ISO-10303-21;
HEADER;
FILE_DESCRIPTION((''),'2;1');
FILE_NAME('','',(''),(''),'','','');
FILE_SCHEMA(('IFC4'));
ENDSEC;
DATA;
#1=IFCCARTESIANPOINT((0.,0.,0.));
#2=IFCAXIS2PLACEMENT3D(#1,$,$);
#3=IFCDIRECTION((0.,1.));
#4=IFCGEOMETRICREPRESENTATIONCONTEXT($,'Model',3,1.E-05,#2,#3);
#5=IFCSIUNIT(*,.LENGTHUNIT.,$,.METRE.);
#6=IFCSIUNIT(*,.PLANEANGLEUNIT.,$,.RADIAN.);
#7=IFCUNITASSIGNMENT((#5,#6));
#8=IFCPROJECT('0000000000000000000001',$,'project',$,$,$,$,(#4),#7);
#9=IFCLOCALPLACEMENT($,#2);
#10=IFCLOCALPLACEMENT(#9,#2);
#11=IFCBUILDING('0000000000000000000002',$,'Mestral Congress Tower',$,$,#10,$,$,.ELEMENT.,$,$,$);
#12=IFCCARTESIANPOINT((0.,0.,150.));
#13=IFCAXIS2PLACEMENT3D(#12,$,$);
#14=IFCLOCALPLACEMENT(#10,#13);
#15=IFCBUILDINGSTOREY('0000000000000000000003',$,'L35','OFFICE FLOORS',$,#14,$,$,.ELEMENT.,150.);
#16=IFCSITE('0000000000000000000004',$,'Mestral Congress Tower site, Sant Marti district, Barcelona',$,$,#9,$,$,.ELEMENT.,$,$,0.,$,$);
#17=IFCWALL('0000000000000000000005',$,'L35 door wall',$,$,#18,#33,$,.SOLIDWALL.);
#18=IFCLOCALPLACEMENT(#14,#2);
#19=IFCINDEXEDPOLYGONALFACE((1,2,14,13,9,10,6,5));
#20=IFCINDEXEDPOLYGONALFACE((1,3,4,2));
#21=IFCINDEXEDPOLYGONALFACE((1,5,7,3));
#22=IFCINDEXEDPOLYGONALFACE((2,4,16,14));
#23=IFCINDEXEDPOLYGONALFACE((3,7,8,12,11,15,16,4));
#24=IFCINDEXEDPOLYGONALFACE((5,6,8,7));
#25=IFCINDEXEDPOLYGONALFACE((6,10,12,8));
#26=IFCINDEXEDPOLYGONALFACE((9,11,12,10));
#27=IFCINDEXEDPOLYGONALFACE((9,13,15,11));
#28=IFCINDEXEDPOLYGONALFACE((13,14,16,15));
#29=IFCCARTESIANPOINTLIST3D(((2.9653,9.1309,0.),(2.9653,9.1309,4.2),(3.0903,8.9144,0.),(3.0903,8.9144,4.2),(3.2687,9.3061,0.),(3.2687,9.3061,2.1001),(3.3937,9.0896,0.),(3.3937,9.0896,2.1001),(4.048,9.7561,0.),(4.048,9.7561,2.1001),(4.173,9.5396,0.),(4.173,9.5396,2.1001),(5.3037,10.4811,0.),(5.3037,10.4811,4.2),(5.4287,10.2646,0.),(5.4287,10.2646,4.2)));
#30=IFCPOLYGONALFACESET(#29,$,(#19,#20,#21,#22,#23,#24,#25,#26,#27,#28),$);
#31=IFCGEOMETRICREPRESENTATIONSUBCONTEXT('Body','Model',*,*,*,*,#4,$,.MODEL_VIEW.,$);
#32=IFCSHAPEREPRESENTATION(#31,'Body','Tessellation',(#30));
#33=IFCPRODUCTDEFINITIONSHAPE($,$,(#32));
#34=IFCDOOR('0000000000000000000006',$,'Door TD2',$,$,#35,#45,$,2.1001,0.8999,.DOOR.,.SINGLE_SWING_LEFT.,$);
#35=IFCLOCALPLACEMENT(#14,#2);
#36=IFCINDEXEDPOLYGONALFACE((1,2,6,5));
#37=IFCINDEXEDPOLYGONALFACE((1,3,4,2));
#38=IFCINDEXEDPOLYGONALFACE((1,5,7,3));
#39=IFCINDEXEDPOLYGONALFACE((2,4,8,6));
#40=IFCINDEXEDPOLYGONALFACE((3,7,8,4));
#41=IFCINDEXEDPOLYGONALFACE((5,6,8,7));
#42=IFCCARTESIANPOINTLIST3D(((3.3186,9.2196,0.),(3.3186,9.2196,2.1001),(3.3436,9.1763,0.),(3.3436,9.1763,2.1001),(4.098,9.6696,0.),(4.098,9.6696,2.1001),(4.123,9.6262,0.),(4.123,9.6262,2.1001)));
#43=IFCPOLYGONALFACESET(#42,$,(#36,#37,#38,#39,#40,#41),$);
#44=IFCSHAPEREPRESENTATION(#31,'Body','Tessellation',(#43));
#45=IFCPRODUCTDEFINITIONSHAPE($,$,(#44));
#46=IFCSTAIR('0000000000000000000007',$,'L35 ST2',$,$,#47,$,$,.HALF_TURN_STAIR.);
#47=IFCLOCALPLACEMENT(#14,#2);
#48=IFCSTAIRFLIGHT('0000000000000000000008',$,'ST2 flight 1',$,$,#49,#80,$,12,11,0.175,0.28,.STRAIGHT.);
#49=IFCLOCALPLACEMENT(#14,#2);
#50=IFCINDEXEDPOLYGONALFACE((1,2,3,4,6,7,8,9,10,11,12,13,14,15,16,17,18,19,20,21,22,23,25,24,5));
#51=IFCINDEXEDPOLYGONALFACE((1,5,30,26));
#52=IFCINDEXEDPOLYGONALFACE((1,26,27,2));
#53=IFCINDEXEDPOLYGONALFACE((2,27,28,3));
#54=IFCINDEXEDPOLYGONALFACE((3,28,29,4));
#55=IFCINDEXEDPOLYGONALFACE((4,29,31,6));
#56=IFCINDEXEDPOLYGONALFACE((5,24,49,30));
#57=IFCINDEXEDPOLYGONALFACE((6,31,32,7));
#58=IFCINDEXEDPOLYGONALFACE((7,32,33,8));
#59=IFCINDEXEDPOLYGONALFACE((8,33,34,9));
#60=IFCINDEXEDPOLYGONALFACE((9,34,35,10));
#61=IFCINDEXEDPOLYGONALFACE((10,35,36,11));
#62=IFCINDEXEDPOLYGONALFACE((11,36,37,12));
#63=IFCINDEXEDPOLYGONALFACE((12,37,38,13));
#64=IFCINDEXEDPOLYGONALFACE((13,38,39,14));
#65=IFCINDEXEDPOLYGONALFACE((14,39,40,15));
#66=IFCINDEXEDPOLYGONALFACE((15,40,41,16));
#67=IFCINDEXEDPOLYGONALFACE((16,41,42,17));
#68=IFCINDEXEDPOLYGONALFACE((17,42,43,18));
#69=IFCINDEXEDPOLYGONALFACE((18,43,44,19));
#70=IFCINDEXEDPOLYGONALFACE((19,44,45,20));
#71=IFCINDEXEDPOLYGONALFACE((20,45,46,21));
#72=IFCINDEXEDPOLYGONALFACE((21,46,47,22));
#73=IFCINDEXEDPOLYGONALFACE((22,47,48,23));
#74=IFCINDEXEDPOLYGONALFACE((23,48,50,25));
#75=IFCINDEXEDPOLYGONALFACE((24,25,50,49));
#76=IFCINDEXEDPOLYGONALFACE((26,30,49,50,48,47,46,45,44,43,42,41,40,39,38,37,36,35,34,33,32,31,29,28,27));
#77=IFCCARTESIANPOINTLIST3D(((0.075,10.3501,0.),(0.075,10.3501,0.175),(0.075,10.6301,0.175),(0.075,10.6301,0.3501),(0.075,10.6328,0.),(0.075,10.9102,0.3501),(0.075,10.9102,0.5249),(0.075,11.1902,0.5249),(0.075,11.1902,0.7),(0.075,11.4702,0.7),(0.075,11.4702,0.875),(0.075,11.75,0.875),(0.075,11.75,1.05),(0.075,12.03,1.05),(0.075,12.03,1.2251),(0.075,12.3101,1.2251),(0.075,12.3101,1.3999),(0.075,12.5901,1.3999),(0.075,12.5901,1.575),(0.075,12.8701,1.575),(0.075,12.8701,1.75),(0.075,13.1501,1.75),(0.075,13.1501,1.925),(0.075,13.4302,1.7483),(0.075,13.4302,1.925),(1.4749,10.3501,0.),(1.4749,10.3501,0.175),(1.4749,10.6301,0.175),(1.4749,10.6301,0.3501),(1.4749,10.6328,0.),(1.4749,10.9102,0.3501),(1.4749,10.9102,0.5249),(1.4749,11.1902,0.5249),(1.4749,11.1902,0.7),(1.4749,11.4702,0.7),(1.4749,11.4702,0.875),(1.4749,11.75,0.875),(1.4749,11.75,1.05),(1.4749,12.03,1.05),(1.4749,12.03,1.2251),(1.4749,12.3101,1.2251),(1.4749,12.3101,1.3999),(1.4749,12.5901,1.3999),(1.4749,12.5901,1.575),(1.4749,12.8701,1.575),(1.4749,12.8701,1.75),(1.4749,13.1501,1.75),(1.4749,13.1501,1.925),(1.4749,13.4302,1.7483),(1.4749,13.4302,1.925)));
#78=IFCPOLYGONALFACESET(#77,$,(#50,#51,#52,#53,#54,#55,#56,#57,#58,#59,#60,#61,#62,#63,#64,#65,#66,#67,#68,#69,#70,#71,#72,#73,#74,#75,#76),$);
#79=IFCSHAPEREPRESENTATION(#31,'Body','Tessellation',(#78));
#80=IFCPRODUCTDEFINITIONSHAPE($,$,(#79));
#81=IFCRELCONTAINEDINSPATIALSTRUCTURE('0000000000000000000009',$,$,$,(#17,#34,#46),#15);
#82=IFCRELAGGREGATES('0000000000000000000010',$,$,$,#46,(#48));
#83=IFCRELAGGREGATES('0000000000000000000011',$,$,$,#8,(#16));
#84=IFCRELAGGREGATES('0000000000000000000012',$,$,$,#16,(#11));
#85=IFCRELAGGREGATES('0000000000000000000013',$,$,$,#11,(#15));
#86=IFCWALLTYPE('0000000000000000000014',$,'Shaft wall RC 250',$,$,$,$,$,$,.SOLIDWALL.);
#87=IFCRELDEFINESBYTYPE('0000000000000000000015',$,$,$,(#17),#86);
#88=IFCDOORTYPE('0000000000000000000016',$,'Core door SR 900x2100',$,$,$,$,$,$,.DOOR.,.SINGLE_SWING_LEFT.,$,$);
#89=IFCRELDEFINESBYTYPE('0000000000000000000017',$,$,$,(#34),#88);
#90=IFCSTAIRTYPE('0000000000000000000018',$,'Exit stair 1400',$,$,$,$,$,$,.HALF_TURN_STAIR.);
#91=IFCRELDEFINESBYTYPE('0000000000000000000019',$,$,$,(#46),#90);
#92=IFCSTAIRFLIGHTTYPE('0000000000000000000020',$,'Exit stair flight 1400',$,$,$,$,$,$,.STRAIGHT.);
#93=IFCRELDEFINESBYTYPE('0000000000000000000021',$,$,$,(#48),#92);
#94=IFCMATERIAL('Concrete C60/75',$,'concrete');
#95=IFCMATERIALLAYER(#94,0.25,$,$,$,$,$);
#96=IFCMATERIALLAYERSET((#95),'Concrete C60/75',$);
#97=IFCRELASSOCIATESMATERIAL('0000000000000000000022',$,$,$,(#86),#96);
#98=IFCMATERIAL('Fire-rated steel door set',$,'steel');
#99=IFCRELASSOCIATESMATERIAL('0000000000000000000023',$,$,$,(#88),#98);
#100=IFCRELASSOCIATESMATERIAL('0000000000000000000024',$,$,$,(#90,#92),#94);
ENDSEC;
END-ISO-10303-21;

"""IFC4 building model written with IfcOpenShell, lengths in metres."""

from ifc_helpers import new_model, si_unit, direction, frame, frame_2d, origin, place, context, subcontext, project, spatial, polyline, rectangle, outline, extrude, material, layer, layer_set, type_object, element, fill, aggregate, save


model = new_model("IFC4")

# Units and contexts
model_context = context("Model", 3, precision=1e-05, world=origin(), true_north=direction((0.0, 1.0)))
body_context = subcontext(model_context, "Body", "Model", "MODEL_VIEW")
ifc_project = project(units=[si_unit("LENGTHUNIT", "METRE"), si_unit("PLANEANGLEUNIT", "RADIAN")], contexts=[model_context])

# Site, building, storey
site_placement = place(None, origin())
site = spatial("IfcSite", under=ifc_project, at=site_placement, Name="Mestral Congress Tower site, Sant Marti district, Barcelona", CompositionType="ELEMENT", RefElevation=0.0)
building_placement = place(site_placement, origin())
building = spatial("IfcBuilding", under=site, at=building_placement, Name="Mestral Congress Tower", CompositionType="ELEMENT")
storey_placement = place(building_placement, frame((0.0, 0.0, 150.0)))
storey = spatial("IfcBuildingStorey", under=building, at=storey_placement, Name="L35", Description="OFFICE FLOORS", CompositionType="ELEMENT", Elevation=150.0)

# Shared definitions
ifc_material_1 = material(Name="Concrete C60/75", Category="concrete")

# Shared definitions
ifc_layer_1 = layer(ifc_material_1, 0.25)
ifc_layer_set_1 = layer_set([ifc_layer_1], Name="Concrete C60/75")
wall_type_1 = type_object("IfcWallType", Name="Shaft wall RC 250", PredefinedType="SOLIDWALL", material=ifc_layer_set_1)

# Wall, opening, door
wall_1_placement = place(storey_placement, frame((5.3662, 10.3728, 0.0), z_axis=(0.0, 0.0, 1.0), x_axis=(-0.86602, -0.500009, 0.0)))
wall_1 = element("IfcWall", 1, at=wall_1_placement, inside=storey, type_object=wall_type_1, Name="L35 door wall", PredefinedType="SOLIDWALL", context=body_context, shape_type="SweptSolid", body=[
    extrude(rectangle(XDim=2.7002, YDim=0.25, at=frame_2d((1.3501, 0.0))), origin(), (0.0, 0.0, 1.0), 4.2),
])
opening_1_placement = place(wall_1_placement, frame((1.45, 0.0, 0.0)))
opening_1 = element("IfcOpeningElement", 2, at=opening_1_placement, cuts=wall_1, PredefinedType="OPENING", context=body_context, shape_type="SweptSolid", body=[
    extrude(rectangle(XDim=0.8999, YDim=2.1001, at=frame_2d((0.45, 1.05))), frame((0.0, 0.135, 0.0), z_axis=(0.0, -1.0, 0.0), x_axis=(1.0, 0.0, 0.0)), (0.0, 0.0, 1.0), 0.27),
])
ifc_material_2 = material(Name="Fire-rated steel door set", Category="steel")
door_type_1 = type_object("IfcDoorType", Name="Core door SR 900x2100", OperationType="SINGLE_SWING_LEFT", PredefinedType="DOOR", material=ifc_material_2)
door_1_placement = place(opening_1_placement, origin())
door_1 = element("IfcDoor", 3, at=door_1_placement, inside=storey, type_object=door_type_1, Name="Door TD2", OperationType="SINGLE_SWING_LEFT", OverallHeight=2.1001, OverallWidth=0.8999, PredefinedType="DOOR", context=body_context, shape_type="SweptSolid", body=[
    extrude(rectangle(XDim=0.8999, YDim=2.1001, at=frame_2d((0.45, 1.05))), frame((0.0, 0.0249, 0.0), z_axis=(0.0, -1.0, 0.0), x_axis=(1.0, 0.0, 0.0)), (0.0, 0.0, 1.0), 0.05),
])
fill(opening_1, door_1)

# Stair, stair flight
stair_type = type_object("IfcStairType", Name="Exit stair 1400", PredefinedType="HALF_TURN_STAIR", material=ifc_material_1)
stair_placement = place(storey_placement, origin())
stair = element("IfcStair", 4, at=stair_placement, inside=storey, type_object=stair_type, Name="L35 ST2", PredefinedType="HALF_TURN_STAIR")
stair_flight_type = type_object("IfcStairFlightType", Name="Exit stair flight 1400", PredefinedType="STRAIGHT", material=ifc_material_1)
stair_flight_placement = place(storey_placement, frame((0.7749, 10.3501, 0.0), z_axis=(0.0, 0.0, 1.0), x_axis=(0.0, 1.0, 0.0)))
stair_flight = element("IfcStairFlight", 5, at=stair_flight_placement, type_object=stair_flight_type, Name="ST2 flight 1", NumberOfRisers=12, NumberOfTreads=11, PredefinedType="STRAIGHT", RiserHeight=0.175, TreadLength=0.28, context=body_context, shape_type="SweptSolid", body=[
    extrude(outline(polyline([(0.0, 0.0), (0.0, 0.175), (0.28, 0.175), (0.28, 0.3501), (0.5601, 0.3501), (0.5601, 0.5249), (0.8401, 0.5249), (0.8401, 0.7), (1.1201, 0.7), (1.1201, 0.875), (1.3999, 0.875), (1.3999, 1.05), (1.6799, 1.05), (1.6799, 1.2251), (1.96, 1.2251), (1.96, 1.3999), (2.24, 1.3999), (2.24, 1.575), (2.52, 1.575), (2.52, 1.75), (2.8, 1.75), (2.8, 1.925), (3.0801, 1.925), (3.0801, 2.1001), (3.0801, 1.7483), (0.2827, 0.0), (0.0, 0.0)])), frame((0.0, 0.7, 0.0), z_axis=(0.0, -1.0, 0.0), x_axis=(1.0, 0.0, 0.0)), (0.0, 0.0, 1.0), 1.3999),
])
aggregate(stair, [stair_flight])

save(model, "model.ifc")
